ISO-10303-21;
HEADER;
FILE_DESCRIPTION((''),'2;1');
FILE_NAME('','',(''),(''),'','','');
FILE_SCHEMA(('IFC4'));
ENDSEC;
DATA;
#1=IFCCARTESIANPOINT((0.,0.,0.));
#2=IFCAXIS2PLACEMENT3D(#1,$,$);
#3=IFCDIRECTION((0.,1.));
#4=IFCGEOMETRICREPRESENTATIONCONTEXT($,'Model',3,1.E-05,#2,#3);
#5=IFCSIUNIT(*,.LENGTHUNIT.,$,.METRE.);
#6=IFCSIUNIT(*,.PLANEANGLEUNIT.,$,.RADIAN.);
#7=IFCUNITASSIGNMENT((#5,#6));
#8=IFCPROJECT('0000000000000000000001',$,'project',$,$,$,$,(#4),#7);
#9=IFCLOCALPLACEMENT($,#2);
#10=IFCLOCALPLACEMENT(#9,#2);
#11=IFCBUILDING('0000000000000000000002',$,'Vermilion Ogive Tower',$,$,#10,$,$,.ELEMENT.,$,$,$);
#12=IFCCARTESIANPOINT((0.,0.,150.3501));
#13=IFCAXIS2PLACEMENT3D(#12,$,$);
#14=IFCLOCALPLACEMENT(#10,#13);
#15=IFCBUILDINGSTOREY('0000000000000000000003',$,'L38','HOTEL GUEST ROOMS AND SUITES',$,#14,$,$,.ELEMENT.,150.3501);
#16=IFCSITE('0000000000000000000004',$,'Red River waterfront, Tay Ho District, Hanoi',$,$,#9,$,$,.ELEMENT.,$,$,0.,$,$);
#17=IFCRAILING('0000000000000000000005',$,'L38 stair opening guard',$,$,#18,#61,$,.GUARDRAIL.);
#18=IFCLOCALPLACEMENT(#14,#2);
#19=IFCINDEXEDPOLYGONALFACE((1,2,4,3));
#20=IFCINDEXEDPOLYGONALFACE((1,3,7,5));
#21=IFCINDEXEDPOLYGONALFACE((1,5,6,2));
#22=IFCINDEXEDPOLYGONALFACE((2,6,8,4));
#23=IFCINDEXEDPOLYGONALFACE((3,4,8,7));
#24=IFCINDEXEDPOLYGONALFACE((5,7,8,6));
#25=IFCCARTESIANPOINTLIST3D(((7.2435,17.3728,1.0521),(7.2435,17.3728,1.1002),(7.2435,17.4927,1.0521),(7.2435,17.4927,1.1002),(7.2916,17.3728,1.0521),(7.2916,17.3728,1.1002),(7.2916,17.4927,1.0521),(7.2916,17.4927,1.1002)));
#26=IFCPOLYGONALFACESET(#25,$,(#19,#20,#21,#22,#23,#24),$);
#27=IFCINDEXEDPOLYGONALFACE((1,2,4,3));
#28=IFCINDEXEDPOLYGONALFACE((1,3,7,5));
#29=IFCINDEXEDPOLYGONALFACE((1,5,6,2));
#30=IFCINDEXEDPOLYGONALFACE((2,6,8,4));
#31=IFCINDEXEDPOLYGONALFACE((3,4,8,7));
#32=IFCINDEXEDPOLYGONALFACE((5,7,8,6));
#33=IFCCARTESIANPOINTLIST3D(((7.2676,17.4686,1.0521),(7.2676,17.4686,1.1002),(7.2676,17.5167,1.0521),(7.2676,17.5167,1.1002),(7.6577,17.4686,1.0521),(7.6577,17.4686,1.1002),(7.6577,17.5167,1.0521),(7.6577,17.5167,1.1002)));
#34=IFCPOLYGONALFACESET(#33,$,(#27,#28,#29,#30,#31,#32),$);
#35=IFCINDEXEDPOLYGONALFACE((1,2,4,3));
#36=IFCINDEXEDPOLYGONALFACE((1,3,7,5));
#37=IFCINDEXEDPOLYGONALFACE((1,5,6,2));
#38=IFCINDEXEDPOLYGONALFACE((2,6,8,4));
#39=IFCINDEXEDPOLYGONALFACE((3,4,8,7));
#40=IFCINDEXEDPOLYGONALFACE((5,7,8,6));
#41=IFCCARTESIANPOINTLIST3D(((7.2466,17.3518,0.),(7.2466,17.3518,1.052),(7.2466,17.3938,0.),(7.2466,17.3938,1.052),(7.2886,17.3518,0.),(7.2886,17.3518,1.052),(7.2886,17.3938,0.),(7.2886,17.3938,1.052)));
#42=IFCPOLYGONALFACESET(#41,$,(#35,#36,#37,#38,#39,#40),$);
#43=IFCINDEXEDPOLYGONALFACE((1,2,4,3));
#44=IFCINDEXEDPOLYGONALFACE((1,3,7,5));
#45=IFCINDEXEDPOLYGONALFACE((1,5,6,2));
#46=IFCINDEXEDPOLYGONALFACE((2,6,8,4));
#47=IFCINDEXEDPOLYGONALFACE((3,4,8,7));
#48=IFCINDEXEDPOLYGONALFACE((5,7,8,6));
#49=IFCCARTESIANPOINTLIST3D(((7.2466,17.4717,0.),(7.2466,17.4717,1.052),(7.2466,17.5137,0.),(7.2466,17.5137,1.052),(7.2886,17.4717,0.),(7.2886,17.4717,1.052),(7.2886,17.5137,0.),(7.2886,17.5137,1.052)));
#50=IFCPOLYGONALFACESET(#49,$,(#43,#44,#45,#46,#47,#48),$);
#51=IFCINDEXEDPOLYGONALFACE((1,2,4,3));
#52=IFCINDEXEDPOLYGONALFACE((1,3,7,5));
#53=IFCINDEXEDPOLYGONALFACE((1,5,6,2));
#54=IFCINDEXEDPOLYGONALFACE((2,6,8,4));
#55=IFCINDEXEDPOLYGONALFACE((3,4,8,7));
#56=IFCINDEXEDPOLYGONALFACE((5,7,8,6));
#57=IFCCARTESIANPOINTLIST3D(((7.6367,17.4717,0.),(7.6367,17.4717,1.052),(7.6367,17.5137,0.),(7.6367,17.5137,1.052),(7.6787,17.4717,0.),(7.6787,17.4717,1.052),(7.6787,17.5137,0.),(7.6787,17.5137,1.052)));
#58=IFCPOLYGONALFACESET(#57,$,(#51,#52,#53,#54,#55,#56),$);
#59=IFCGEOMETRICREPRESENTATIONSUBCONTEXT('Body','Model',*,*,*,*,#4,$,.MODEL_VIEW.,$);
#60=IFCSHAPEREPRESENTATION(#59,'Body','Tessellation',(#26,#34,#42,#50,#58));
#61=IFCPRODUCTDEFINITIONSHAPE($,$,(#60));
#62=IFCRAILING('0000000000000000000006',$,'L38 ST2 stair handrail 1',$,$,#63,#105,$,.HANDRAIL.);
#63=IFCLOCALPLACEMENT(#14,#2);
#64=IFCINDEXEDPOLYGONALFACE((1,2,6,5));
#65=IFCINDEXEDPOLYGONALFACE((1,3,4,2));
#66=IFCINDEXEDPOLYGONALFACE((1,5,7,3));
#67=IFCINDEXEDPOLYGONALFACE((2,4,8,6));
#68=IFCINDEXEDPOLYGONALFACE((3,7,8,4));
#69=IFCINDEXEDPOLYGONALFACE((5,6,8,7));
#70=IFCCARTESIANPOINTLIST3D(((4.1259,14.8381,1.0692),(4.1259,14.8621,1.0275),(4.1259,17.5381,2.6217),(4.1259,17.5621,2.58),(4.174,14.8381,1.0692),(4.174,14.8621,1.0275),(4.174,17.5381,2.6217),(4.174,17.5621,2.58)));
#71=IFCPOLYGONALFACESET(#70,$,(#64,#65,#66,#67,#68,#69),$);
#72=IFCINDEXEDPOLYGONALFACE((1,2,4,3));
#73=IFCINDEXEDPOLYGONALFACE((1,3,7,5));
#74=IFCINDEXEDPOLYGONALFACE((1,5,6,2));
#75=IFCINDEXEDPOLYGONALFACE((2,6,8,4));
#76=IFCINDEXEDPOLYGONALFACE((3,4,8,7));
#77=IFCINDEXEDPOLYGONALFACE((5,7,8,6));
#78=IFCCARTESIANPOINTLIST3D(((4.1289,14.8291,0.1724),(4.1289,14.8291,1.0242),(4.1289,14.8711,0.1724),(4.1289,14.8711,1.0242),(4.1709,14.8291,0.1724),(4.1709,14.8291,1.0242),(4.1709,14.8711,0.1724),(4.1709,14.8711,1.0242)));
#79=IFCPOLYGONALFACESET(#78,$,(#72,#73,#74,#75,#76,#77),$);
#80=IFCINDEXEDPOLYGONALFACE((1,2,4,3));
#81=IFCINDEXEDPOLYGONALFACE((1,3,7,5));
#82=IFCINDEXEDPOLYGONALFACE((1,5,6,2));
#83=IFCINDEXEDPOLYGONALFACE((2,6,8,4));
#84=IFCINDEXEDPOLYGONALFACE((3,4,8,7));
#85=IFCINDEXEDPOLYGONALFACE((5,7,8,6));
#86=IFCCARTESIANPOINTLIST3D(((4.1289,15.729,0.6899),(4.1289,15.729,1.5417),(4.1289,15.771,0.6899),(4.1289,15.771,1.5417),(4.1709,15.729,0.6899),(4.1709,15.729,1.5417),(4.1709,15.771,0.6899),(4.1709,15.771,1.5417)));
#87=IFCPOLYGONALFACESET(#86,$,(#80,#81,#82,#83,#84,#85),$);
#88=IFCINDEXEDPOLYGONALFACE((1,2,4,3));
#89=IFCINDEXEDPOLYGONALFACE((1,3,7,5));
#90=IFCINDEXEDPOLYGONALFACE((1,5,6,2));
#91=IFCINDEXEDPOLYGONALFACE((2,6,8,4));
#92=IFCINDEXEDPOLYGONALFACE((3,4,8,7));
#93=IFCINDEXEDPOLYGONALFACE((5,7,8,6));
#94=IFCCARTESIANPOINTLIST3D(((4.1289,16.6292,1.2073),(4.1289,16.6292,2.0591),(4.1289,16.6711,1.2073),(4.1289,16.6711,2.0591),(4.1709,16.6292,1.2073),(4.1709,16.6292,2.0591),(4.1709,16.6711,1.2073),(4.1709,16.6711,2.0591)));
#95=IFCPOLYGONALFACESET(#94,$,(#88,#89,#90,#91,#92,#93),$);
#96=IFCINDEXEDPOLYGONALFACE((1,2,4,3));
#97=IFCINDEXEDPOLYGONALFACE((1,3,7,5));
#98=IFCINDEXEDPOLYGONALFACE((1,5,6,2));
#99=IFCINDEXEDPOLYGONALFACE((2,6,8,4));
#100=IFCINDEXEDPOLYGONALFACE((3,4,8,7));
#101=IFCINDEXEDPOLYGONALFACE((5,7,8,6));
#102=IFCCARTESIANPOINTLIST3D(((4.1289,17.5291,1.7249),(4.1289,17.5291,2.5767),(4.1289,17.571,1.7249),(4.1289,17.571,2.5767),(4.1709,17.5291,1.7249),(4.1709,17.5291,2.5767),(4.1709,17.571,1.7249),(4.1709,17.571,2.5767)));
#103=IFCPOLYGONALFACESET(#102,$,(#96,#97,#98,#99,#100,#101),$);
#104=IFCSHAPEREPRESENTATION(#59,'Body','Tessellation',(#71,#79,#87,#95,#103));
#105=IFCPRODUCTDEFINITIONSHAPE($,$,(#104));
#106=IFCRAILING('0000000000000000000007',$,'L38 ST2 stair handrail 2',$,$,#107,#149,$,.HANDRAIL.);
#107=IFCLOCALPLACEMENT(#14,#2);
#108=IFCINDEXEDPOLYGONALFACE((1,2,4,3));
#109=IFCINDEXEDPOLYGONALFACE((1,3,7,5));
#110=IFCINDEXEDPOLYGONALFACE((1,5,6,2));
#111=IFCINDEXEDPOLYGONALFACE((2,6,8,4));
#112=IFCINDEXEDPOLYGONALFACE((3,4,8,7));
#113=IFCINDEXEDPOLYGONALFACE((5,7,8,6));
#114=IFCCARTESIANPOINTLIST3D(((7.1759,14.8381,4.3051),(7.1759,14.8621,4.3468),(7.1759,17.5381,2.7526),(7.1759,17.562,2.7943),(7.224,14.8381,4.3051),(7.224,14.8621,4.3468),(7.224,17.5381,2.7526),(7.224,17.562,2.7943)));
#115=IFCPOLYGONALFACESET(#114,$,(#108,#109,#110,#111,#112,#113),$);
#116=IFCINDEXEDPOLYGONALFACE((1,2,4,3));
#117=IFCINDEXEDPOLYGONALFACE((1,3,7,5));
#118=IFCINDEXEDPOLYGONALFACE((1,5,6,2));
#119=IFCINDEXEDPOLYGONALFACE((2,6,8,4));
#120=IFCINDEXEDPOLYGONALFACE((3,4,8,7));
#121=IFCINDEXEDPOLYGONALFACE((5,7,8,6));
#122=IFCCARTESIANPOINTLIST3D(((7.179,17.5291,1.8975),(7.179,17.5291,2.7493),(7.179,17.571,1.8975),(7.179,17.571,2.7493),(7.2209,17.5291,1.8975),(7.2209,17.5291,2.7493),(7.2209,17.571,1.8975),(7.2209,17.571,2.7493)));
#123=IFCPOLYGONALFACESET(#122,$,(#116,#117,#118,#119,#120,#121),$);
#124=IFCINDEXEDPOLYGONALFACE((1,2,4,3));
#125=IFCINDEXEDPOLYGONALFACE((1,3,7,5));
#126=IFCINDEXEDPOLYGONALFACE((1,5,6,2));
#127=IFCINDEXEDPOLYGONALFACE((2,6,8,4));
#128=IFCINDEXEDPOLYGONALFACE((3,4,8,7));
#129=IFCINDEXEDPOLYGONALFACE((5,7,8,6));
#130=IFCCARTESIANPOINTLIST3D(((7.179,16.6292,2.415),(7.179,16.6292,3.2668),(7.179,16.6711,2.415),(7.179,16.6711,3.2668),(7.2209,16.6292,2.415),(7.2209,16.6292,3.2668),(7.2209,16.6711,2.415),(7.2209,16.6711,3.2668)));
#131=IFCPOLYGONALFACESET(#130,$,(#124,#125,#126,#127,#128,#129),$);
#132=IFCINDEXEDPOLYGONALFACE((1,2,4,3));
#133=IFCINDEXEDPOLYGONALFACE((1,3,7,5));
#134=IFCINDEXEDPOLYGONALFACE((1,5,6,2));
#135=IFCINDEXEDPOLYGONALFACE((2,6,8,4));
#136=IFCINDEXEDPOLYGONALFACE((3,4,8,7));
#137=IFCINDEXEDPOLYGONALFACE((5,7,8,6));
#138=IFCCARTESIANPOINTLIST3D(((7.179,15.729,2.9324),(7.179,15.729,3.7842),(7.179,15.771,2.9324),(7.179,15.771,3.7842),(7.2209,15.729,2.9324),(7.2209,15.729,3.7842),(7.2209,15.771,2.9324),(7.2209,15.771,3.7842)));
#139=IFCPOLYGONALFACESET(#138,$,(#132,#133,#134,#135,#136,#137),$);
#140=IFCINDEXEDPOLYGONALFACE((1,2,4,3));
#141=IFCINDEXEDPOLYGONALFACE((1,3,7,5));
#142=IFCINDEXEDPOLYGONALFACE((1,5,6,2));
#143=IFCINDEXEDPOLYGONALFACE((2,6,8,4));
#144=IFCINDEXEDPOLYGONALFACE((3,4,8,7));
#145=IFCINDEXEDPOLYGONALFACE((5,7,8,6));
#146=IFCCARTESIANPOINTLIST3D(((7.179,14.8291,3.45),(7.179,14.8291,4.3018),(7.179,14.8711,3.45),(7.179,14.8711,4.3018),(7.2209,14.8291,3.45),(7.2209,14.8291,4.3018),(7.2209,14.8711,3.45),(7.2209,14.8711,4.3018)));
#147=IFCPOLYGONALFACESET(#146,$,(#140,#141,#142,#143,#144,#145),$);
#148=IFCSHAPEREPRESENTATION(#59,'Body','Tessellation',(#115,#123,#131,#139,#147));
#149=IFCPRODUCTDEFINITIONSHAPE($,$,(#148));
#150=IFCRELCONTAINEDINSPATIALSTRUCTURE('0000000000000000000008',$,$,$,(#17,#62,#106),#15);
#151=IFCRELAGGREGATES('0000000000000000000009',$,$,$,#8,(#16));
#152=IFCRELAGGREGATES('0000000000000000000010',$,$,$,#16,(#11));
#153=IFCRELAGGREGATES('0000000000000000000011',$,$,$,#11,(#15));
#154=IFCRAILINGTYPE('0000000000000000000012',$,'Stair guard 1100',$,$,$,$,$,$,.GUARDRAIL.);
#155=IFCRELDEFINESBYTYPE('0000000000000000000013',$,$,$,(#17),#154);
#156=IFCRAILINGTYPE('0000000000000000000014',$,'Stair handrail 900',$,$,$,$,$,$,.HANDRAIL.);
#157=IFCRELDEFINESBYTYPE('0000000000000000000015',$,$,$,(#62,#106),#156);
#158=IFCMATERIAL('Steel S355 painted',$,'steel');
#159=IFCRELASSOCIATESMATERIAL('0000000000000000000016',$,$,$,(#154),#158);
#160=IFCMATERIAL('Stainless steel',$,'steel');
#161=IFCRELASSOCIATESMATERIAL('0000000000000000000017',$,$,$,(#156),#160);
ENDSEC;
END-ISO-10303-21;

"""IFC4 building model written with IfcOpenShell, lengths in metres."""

from ifc_helpers import new_model, si_unit, direction, frame, origin, origin_2d, place, context, subcontext, project, spatial, rectangle, extrude, material, type_object, element, save


model = new_model("IFC4")

# Units and contexts
model_context = context("Model", 3, precision=1e-05, world=origin(), true_north=direction((0.0, 1.0)))
body_context = subcontext(model_context, "Body", "Model", "MODEL_VIEW")
ifc_project = project(units=[si_unit("LENGTHUNIT", "METRE"), si_unit("PLANEANGLEUNIT", "RADIAN")], contexts=[model_context])

# Site, building, storey
site_placement = place(None, origin())
site = spatial("IfcSite", under=ifc_project, at=site_placement, Name="Red River waterfront, Tay Ho District, Hanoi", CompositionType="ELEMENT", RefElevation=0.0)
building_placement = place(site_placement, origin())
building = spatial("IfcBuilding", under=site, at=building_placement, Name="Vermilion Ogive Tower", CompositionType="ELEMENT")
storey_placement = place(building_placement, frame((0.0, 0.0, 150.3501)))
storey = spatial("IfcBuildingStorey", under=building, at=storey_placement, Name="L38", Description="HOTEL GUEST ROOMS AND SUITES", CompositionType="ELEMENT", Elevation=150.3501)

# Railings
ifc_material_1 = material(Name="Steel S355 painted", Category="steel")
railing_type_1 = type_object("IfcRailingType", Name="Stair guard 1100", PredefinedType="GUARDRAIL", material=ifc_material_1)
railing_1_placement = place(storey_placement, frame((7.2676, 17.3728, 0.0)))
element("IfcRailing", 1, at=railing_1_placement, inside=storey, type_object=railing_type_1, Name="L38 stair opening guard", PredefinedType="GUARDRAIL", context=body_context, shape_type="SweptSolid", body=[
    extrude(rectangle(XDim=0.0481, YDim=0.0481, at=origin_2d()), frame((0.0, 0.0, 1.0762), z_axis=(0.0, 1.0, 0.0), x_axis=(-1.0, 0.0, 0.0)), (0.0, 0.0, 1.0), 0.1199),
    extrude(rectangle(XDim=0.0481, YDim=0.0481, at=origin_2d()), frame((0.0, 0.1199, 1.0762), z_axis=(1.0, 0.0, 0.0), x_axis=(0.0, 1.0, 0.0)), (0.0, 0.0, 1.0), 0.3901),
    extrude(rectangle(XDim=0.042, YDim=0.042, at=origin_2d()), origin(), (0.0, 0.0, 1.0), 1.052),
    extrude(rectangle(XDim=0.042, YDim=0.042, at=origin_2d()), frame((0.0, 0.1199, 0.0)), (0.0, 0.0, 1.0), 1.052),
    extrude(rectangle(XDim=0.042, YDim=0.042, at=origin_2d()), frame((0.3901, 0.1199, 0.0)), (0.0, 0.0, 1.0), 1.052),
])
ifc_material_2 = material(Name="Stainless steel", Category="steel")
railing_type_2 = type_object("IfcRailingType", Name="Stair handrail 900", PredefinedType="HANDRAIL", material=ifc_material_2)
railing_2_placement = place(storey_placement, frame((4.1499, 14.8501, 0.1724)))
element("IfcRailing", 2, at=railing_2_placement, inside=storey, type_object=railing_type_2, Name="L38 ST2 stair handrail 1", PredefinedType="HANDRAIL", context=body_context, shape_type="SweptSolid", body=[
    extrude(rectangle(XDim=0.0481, YDim=0.0481, at=origin_2d()), frame((0.0, 0.0, 0.876), z_axis=(0.0, 0.866904, 0.498476), x_axis=(-1.0, 0.0, 0.0)), (0.0, 0.0, 1.0), 3.1145),
    extrude(rectangle(XDim=0.042, YDim=0.042, at=origin_2d()), origin(), (0.0, 0.0, 1.0), 0.8518),
    extrude(rectangle(XDim=0.042, YDim=0.042, at=origin_2d()), frame((0.0, 0.8999, 0.5176)), (0.0, 0.0, 1.0), 0.8518),
    extrude(rectangle(XDim=0.042, YDim=0.042, at=origin_2d()), frame((0.0, 1.8, 1.0349)), (0.0, 0.0, 1.0), 0.8518),
    extrude(rectangle(XDim=0.042, YDim=0.042, at=origin_2d()), frame((0.0, 2.7, 1.5525)), (0.0, 0.0, 1.0), 0.8518),
])
railing_3_placement = place(storey_placement, frame((7.2, 17.55, 1.8975)))
element("IfcRailing", 3, at=railing_3_placement, inside=storey, type_object=railing_type_2, Name="L38 ST2 stair handrail 2", PredefinedType="HANDRAIL", context=body_context, shape_type="SweptSolid", body=[
    extrude(rectangle(XDim=0.0481, YDim=0.0481, at=origin_2d()), frame((0.0, 0.0, 0.876), z_axis=(0.0, -0.866904, 0.498476), x_axis=(1.0, 0.0, 0.0)), (0.0, 0.0, 1.0), 3.1145),
    extrude(rectangle(XDim=0.042, YDim=0.042, at=origin_2d()), origin(), (0.0, 0.0, 1.0), 0.8518),
    extrude(rectangle(XDim=0.042, YDim=0.042, at=origin_2d()), frame((0.0, -0.8999, 0.5176)), (0.0, 0.0, 1.0), 0.8518),
    extrude(rectangle(XDim=0.042, YDim=0.042, at=origin_2d()), frame((0.0, -1.8, 1.0349)), (0.0, 0.0, 1.0), 0.8518),
    extrude(rectangle(XDim=0.042, YDim=0.042, at=origin_2d()), frame((0.0, -2.7, 1.5525)), (0.0, 0.0, 1.0), 0.8518),
])

save(model, "model.ifc")
